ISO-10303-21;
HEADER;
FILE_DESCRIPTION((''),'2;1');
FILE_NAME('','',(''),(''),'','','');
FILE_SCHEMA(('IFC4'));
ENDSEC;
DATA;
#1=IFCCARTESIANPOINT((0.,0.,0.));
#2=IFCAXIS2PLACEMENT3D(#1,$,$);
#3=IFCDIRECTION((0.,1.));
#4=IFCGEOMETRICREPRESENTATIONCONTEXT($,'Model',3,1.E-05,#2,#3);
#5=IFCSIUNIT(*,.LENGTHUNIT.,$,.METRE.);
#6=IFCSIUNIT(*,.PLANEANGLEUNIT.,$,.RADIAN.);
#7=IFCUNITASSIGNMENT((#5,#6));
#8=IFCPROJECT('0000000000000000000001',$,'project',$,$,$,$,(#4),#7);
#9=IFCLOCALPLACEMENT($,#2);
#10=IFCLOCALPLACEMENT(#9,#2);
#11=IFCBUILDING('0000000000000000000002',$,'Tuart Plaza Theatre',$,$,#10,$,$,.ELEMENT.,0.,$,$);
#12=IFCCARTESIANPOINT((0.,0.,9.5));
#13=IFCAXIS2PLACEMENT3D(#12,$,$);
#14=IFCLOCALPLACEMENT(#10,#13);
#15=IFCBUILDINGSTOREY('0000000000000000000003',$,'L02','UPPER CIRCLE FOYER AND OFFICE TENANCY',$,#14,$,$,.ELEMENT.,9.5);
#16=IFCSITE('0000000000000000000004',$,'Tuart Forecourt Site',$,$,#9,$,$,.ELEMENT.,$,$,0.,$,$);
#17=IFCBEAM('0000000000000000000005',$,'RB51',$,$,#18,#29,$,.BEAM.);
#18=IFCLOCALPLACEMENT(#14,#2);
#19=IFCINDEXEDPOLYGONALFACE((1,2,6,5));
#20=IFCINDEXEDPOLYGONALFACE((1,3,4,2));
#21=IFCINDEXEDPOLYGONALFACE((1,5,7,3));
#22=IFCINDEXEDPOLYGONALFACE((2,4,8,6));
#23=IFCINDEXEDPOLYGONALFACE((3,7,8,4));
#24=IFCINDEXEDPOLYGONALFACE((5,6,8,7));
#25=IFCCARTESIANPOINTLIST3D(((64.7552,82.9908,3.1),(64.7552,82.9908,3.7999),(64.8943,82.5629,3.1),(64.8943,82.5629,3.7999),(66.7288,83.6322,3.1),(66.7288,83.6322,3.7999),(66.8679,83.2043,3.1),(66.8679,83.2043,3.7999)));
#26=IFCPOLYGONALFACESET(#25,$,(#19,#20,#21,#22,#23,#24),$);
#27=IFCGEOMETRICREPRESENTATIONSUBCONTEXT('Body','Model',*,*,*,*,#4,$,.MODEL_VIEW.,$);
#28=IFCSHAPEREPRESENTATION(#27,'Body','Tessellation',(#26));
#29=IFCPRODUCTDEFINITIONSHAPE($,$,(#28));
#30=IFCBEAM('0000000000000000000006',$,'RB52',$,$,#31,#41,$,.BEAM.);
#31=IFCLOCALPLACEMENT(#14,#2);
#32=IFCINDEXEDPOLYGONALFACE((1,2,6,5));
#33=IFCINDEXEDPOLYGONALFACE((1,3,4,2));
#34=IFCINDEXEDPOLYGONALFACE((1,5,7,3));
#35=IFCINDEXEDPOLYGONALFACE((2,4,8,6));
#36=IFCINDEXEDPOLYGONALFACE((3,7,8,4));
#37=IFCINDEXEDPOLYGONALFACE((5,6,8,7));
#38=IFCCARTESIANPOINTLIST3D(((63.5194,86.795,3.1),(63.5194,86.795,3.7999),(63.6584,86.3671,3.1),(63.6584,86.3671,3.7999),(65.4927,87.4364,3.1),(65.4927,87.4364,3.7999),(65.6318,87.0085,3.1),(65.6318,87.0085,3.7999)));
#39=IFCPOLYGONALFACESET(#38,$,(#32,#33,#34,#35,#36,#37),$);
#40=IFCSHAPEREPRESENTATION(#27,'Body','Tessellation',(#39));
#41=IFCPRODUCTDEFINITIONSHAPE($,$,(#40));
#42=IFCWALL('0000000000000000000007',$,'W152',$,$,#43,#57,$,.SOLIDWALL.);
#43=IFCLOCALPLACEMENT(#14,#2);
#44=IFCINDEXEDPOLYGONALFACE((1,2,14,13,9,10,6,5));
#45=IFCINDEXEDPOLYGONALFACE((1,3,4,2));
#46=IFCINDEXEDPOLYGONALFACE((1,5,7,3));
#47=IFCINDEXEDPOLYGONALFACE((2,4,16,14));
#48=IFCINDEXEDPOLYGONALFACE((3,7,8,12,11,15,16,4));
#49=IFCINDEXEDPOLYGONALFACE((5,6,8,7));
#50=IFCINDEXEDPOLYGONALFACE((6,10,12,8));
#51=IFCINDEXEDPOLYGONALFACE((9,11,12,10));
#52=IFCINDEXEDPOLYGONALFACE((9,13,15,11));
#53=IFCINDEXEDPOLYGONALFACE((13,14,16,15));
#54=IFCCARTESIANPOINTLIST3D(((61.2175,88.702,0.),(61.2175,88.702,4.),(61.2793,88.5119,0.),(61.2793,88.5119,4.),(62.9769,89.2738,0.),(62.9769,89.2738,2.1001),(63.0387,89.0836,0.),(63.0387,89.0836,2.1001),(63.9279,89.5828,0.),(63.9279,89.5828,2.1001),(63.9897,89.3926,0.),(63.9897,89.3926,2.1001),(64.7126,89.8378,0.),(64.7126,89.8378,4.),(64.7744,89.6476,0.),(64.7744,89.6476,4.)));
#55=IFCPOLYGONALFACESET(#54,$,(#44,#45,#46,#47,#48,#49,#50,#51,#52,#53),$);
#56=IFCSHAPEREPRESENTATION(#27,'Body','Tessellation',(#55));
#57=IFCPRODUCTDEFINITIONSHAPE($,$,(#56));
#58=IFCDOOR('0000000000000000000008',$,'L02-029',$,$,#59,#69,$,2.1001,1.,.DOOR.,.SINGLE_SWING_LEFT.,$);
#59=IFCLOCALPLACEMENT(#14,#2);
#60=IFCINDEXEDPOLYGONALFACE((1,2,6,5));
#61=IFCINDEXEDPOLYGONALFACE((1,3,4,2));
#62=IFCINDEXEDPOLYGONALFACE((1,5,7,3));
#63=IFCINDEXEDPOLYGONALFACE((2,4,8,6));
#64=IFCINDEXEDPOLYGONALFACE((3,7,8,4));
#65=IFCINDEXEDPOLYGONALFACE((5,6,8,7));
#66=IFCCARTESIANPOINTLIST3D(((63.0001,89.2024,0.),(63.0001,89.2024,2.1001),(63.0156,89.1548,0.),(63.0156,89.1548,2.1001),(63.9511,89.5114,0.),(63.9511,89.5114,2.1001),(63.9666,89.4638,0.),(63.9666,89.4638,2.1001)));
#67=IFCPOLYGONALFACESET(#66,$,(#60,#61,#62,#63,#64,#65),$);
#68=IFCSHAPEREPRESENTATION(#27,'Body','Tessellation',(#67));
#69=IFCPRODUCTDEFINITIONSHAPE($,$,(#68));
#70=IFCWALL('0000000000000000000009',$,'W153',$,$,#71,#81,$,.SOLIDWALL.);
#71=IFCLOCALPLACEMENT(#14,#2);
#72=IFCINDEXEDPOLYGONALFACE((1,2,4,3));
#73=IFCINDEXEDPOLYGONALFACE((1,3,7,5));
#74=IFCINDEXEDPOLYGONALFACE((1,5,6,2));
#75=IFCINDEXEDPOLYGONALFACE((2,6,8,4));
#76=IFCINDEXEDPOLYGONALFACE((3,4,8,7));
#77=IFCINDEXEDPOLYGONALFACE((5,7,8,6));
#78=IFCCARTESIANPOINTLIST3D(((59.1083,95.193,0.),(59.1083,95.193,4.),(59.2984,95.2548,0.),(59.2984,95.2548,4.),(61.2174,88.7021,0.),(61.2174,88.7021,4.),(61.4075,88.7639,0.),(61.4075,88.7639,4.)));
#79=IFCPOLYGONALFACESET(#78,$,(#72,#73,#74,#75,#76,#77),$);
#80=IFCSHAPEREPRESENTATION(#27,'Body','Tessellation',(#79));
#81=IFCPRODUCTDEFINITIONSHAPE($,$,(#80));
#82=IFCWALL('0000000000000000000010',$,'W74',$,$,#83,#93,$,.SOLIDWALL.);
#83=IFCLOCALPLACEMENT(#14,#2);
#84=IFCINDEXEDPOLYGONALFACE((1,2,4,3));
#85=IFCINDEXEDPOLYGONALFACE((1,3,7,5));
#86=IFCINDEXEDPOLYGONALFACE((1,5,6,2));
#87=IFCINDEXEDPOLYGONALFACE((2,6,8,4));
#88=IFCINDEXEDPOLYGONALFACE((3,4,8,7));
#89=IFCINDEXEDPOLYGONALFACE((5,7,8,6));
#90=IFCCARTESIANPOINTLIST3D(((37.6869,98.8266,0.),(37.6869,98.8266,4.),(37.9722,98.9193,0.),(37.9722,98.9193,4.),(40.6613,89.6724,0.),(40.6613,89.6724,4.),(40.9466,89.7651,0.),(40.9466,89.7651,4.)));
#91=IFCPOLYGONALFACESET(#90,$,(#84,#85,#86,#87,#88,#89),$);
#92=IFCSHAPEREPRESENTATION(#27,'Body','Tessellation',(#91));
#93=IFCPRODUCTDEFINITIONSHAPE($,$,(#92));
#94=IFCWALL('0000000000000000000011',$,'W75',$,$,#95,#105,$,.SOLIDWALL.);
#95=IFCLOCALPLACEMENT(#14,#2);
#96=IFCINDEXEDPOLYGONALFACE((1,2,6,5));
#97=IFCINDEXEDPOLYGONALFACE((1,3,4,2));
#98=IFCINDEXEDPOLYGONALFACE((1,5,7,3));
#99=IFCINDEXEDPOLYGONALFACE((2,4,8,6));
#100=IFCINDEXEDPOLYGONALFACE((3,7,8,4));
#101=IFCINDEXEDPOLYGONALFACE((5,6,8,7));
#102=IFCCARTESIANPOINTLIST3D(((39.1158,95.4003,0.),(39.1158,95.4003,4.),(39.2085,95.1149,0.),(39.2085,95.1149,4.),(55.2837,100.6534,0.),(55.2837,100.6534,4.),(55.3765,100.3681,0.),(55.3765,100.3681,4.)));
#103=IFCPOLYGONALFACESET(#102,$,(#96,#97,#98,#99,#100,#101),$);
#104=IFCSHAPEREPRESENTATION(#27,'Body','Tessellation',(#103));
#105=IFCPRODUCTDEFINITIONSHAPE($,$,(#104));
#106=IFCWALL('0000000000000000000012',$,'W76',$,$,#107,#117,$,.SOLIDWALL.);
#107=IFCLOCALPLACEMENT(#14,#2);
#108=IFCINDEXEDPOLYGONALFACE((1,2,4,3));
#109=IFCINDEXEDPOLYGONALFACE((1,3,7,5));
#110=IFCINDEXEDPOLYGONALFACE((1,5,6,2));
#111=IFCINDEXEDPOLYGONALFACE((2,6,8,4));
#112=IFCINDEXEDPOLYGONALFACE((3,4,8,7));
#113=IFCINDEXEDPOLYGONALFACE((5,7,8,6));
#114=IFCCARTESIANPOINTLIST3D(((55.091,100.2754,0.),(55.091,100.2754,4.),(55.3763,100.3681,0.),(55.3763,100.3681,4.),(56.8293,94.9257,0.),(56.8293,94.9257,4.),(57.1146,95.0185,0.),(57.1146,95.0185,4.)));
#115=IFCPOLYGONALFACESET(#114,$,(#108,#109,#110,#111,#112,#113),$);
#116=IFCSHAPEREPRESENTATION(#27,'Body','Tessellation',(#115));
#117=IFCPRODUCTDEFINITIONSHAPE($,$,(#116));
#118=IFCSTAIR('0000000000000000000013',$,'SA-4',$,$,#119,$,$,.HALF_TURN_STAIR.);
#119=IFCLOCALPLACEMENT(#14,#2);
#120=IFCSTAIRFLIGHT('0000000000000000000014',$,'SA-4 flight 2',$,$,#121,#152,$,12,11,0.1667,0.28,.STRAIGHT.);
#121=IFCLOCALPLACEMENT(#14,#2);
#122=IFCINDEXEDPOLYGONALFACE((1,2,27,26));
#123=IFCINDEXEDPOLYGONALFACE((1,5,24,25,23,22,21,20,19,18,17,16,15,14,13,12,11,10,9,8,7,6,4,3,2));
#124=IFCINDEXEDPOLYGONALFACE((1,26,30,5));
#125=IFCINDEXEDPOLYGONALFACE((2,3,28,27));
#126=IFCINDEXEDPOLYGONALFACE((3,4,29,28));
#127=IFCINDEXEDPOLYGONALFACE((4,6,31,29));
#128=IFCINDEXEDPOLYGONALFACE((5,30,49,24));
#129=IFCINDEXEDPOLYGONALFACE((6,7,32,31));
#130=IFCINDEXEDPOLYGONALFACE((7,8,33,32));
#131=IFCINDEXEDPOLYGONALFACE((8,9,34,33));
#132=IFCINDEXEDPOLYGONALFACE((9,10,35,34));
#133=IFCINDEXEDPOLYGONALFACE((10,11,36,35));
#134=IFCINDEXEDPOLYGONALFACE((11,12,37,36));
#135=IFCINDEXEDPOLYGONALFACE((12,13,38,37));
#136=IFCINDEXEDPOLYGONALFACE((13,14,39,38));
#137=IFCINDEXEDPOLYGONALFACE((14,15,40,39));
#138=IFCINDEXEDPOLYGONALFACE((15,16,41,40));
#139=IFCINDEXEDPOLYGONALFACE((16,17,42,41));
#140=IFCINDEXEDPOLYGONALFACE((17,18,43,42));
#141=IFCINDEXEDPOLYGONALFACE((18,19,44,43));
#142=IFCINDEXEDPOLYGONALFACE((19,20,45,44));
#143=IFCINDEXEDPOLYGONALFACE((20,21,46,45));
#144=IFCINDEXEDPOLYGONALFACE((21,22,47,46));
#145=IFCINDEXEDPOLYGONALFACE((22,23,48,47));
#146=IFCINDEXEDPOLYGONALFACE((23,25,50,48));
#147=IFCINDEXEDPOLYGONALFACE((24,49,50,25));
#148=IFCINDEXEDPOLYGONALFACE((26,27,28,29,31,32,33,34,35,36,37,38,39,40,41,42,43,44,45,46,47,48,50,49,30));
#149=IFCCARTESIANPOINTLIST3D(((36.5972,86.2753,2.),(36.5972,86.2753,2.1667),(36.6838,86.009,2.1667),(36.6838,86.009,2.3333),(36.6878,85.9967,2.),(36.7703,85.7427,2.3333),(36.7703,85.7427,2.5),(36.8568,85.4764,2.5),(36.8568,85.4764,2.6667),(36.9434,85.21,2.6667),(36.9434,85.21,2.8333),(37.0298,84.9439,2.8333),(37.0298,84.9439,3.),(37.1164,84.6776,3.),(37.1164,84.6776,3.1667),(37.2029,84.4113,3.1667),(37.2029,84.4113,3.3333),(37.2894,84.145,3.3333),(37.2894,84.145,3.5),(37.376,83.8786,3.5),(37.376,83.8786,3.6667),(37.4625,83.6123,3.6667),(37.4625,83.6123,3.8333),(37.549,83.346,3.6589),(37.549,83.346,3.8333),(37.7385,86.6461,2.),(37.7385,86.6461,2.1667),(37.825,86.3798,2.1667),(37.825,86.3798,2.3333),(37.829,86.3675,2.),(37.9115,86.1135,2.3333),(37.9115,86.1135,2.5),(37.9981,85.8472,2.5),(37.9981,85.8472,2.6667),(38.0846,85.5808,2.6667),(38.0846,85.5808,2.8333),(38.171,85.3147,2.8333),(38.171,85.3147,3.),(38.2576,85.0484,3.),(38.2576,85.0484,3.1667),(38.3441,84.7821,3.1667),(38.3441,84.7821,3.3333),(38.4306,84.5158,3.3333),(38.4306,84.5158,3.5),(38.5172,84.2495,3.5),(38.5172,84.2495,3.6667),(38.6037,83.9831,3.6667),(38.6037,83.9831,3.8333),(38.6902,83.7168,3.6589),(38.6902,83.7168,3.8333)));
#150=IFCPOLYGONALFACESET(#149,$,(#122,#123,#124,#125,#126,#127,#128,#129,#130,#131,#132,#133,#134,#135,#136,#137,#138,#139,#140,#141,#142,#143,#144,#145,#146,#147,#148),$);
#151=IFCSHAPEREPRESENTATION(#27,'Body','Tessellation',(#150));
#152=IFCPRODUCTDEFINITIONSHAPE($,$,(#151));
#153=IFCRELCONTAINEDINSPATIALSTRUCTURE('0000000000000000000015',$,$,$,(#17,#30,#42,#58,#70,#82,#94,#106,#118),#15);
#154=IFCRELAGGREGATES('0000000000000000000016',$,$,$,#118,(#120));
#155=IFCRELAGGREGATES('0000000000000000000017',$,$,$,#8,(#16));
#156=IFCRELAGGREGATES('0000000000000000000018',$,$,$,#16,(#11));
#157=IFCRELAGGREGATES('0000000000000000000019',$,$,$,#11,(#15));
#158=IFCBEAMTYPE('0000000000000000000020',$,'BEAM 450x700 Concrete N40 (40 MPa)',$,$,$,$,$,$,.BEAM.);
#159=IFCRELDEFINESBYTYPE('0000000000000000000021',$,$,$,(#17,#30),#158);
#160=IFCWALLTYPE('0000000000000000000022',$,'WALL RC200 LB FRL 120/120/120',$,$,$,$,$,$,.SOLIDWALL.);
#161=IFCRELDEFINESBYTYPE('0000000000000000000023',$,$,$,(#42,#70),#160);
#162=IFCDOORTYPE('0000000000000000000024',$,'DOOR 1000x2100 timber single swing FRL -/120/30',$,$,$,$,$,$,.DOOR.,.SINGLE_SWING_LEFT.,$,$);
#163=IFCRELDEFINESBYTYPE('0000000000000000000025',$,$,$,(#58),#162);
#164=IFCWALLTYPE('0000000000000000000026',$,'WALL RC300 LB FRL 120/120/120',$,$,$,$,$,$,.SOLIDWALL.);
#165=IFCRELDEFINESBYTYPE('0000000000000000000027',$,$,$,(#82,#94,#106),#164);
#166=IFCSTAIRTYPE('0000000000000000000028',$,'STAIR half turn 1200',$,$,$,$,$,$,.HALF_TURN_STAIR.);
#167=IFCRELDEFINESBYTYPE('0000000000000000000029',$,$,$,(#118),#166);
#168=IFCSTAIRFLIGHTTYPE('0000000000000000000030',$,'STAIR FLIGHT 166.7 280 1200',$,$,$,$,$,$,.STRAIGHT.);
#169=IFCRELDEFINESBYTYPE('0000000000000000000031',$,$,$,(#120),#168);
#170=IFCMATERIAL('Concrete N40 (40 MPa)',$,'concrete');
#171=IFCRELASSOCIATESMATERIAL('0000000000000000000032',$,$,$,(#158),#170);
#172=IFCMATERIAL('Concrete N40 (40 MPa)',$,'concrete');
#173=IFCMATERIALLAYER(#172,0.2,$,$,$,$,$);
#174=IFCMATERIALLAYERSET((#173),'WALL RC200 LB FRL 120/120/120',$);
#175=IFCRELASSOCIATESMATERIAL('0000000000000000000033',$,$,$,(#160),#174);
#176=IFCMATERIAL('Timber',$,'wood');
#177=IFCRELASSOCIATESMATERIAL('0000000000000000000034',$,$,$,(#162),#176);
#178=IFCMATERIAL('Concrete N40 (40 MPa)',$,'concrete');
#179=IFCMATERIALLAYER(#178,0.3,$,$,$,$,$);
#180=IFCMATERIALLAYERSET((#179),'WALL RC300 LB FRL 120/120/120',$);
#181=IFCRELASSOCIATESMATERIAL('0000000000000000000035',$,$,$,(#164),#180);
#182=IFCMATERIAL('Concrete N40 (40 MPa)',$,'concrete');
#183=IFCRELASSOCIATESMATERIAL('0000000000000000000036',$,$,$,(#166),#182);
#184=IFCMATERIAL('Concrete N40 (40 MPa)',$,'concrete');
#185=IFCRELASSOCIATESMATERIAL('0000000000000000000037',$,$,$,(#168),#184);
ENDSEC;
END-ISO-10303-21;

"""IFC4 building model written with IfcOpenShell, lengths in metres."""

from ifc_helpers import new_model, si_unit, direction, frame, frame_2d, origin, origin_2d, place, context, subcontext, project, spatial, polyline, rectangle, outline, extrude, material, layer, layer_set, material_profile, profile_set, type_object, element, fill, aggregate, save


model = new_model("IFC4")

# Units and contexts
model_context = context("Model", 3, precision=1e-05, world=origin(), true_north=direction((0.0, 1.0)))
body_context = subcontext(model_context, "Body", "Model", "MODEL_VIEW")
ifc_project = project(units=[si_unit("LENGTHUNIT", "METRE"), si_unit("PLANEANGLEUNIT", "RADIAN")], contexts=[model_context])

# Site, building, storey
site_placement = place(None, origin())
site = spatial("IfcSite", under=ifc_project, at=site_placement, Name="Tuart Forecourt Site", CompositionType="ELEMENT", RefElevation=0.0)
building_placement = place(site_placement, origin())
building = spatial("IfcBuilding", under=site, at=building_placement, Name="Tuart Plaza Theatre", CompositionType="ELEMENT", ElevationOfRefHeight=0.0)
storey_placement = place(building_placement, frame((0.0, 0.0, 9.5)))
storey = spatial("IfcBuildingStorey", under=building, at=storey_placement, Name="L02", Description="UPPER CIRCLE FOYER AND OFFICE TENANCY", CompositionType="ELEMENT", Elevation=9.5)

# Beams
ifc_material_1 = material(Name="Concrete N40 (40 MPa)", Category="concrete")
ifc_material_profile_1 = material_profile(ifc_material_1, rectangle(XDim=0.45, YDim=0.7, at=origin_2d()), Name="BEAM 450x700 Concrete N40 (40 MPa)")
ifc_profile_set_1 = profile_set([ifc_material_profile_1], Name="Concrete N40 (40 MPa)")
beam_type_1 = type_object("IfcBeamType", Name="BEAM 450x700 Concrete N40 (40 MPa)", PredefinedType="BEAM", material=ifc_profile_set_1)
beam_1_placement = place(storey_placement, frame((66.7983, 83.4182, 3.45), z_axis=(-0.951044, -0.309054, 0.0), x_axis=(0.309054, -0.951044, 0.0)))
element("IfcBeam", 1, at=beam_1_placement, inside=storey, type_object=beam_type_1, Name="RB51", PredefinedType="BEAM", context=body_context, shape_type="SweptSolid", body=[
    extrude(rectangle(XDim=0.45, YDim=0.7, at=origin_2d()), origin(), (0.0, 0.0, 1.0), 2.0752),
])
beam_2_placement = place(storey_placement, frame((65.5623, 87.2224, 3.45), z_axis=(-0.951033, -0.309089, 0.0), x_axis=(0.309089, -0.951033, 0.0)))
element("IfcBeam", 2, at=beam_2_placement, inside=storey, type_object=beam_type_1, Name="RB52", PredefinedType="BEAM", context=body_context, shape_type="SweptSolid", body=[
    extrude(rectangle(XDim=0.45, YDim=0.7, at=origin_2d()), origin(), (0.0, 0.0, 1.0), 2.075),
])

# Wall, opening, door
ifc_material_2 = material(Name="Concrete N40 (40 MPa)", Category="concrete")
ifc_layer_1 = layer(ifc_material_2, 0.2)
ifc_layer_set_1 = layer_set([ifc_layer_1], Name="WALL RC200 LB FRL 120/120/120")
wall_type_1 = type_object("IfcWallType", Name="WALL RC200 LB FRL 120/120/120", PredefinedType="SOLIDWALL", material=ifc_layer_set_1)
wall_1_placement = place(storey_placement, frame((64.7434, 89.7427, 0.0), z_axis=(0.0, 0.0, 1.0), x_axis=(-0.951048, -0.309044, 0.0)))
wall_1 = element("IfcWall", 3, at=wall_1_placement, inside=storey, type_object=wall_type_1, Name="W152", PredefinedType="SOLIDWALL", context=body_context, shape_type="SweptSolid", body=[
    extrude(rectangle(XDim=3.675, YDim=0.2, at=frame_2d((1.8374, 0.0))), origin(), (0.0, 0.0, 1.0), 4.0),
])
opening_placement = place(wall_1_placement, frame((0.825, 0.0, 0.0)))
opening = element("IfcOpeningElement", 4, at=opening_placement, cuts=wall_1, PredefinedType="OPENING", context=body_context, shape_type="SweptSolid", body=[
    extrude(rectangle(XDim=1.0, YDim=2.1001, at=frame_2d((0.5, 1.05))), frame((0.0, 0.1099, 0.0), z_axis=(0.0, -1.0, 0.0), x_axis=(1.0, 0.0, 0.0)), (0.0, 0.0, 1.0), 0.22),
])
ifc_material_3 = material(Name="Timber", Category="wood")
door_type = type_object("IfcDoorType", Name="DOOR 1000x2100 timber single swing FRL -/120/30", OperationType="SINGLE_SWING_LEFT", PredefinedType="DOOR", material=ifc_material_3)
door_placement = place(opening_placement, frame((1.0, 0.0, 0.0), z_axis=(0.0, 0.0, 1.0), x_axis=(-1.0, 0.0, 0.0)))
door = element("IfcDoor", 5, at=door_placement, inside=storey, type_object=door_type, Name="L02-029", OperationType="SINGLE_SWING_LEFT", OverallHeight=2.1001, OverallWidth=1.0, PredefinedType="DOOR", context=body_context, shape_type="SweptSolid", body=[
    extrude(rectangle(XDim=1.0, YDim=2.1001, at=frame_2d((0.5, 1.05))), frame((0.0, 0.0249, 0.0), z_axis=(0.0, -1.0, 0.0), x_axis=(1.0, 0.0, 0.0)), (0.0, 0.0, 1.0), 0.05),
])
fill(opening, door)

# Walls
wall_2_placement = place(storey_placement, frame((61.3125, 88.7329, 0.0), z_axis=(0.0, 0.0, 1.0), x_axis=(-0.309029, 0.951053, 0.0)))
element("IfcWall", 6, at=wall_2_placement, inside=storey, type_object=wall_type_1, Name="W153", PredefinedType="SOLIDWALL", context=body_context, shape_type="SweptSolid", body=[
    extrude(rectangle(XDim=6.825, YDim=0.2, at=frame_2d((3.4126, 0.0))), origin(), (0.0, 0.0, 1.0), 4.0),
])
ifc_material_4 = material(Name="Concrete N40 (40 MPa)", Category="concrete")
ifc_layer_2 = layer(ifc_material_4, 0.3)
ifc_layer_set_2 = layer_set([ifc_layer_2], Name="WALL RC300 LB FRL 120/120/120")
wall_type_2 = type_object("IfcWallType", Name="WALL RC300 LB FRL 120/120/120", PredefinedType="SOLIDWALL", material=ifc_layer_set_2)
wall_3_placement = place(storey_placement, frame((37.8296, 98.8728, 0.0), z_axis=(0.0, 0.0, 1.0), x_axis=(0.30902, -0.951056, 0.0)))
element("IfcWall", 7, at=wall_3_placement, inside=storey, type_object=wall_type_2, Name="W74", PredefinedType="SOLIDWALL", context=body_context, shape_type="SweptSolid", body=[
    extrude(rectangle(XDim=9.6252, YDim=0.3, at=frame_2d((4.8125, 0.0))), origin(), (0.0, 0.0, 1.0), 4.0),
])
wall_4_placement = place(storey_placement, frame((39.1621, 95.2576, 0.0), z_axis=(0.0, 0.0, 1.0), x_axis=(0.951059, 0.309011, 0.0)))
element("IfcWall", 8, at=wall_4_placement, inside=storey, type_object=wall_type_2, Name="W75", PredefinedType="SOLIDWALL", context=body_context, shape_type="SweptSolid", body=[
    extrude(rectangle(XDim=17.0, YDim=0.3, at=frame_2d((8.5, 0.0))), origin(), (0.0, 0.0, 1.0), 4.0),
])
wall_5_placement = place(storey_placement, frame((55.2336, 100.3218, 0.0), z_axis=(0.0, 0.0, 1.0), x_axis=(0.309031, -0.951052, 0.0)))
element("IfcWall", 9, at=wall_5_placement, inside=storey, type_object=wall_type_2, Name="W76", PredefinedType="SOLIDWALL", context=body_context, shape_type="SweptSolid", body=[
    extrude(rectangle(XDim=5.625, YDim=0.3, at=frame_2d((2.8125, 0.0))), origin(), (0.0, 0.0, 1.0), 4.0),
])

# Stair, stair flight
ifc_material_5 = material(Name="Concrete N40 (40 MPa)", Category="concrete")
stair_type = type_object("IfcStairType", Name="STAIR half turn 1200", PredefinedType="HALF_TURN_STAIR", material=ifc_material_5)
stair_1_placement = place(storey_placement, origin())
stair_1 = element("IfcStair", 10, at=stair_1_placement, inside=storey, type_object=stair_type, Name="SA-4", PredefinedType="HALF_TURN_STAIR")
ifc_material_6 = material(Name="Concrete N40 (40 MPa)", Category="concrete")
stair_flight_type = type_object("IfcStairFlightType", Name="STAIR FLIGHT 166.7 280 1200", PredefinedType="STRAIGHT", material=ifc_material_6)
stair_flight_1_placement = place(storey_placement, frame((37.1677, 86.4607, 2.0), z_axis=(0.0, 0.0, 1.0), x_axis=(0.309017, -0.951057, 0.0)))
stair_flight_1 = element("IfcStairFlight", 11, at=stair_flight_1_placement, type_object=stair_flight_type, Name="SA-4 flight 2", NumberOfRisers=12, NumberOfTreads=11, PredefinedType="STRAIGHT", RiserHeight=0.1667, TreadLength=0.28, context=body_context, shape_type="SweptSolid", body=[
    extrude(outline(polyline([(0.0, 0.0), (0.0, 0.1667), (0.28, 0.1667), (0.28, 0.3333), (0.5601, 0.3333), (0.5601, 0.5), (0.8401, 0.5), (0.8401, 0.6667), (1.1201, 0.6667), (1.1201, 0.8333), (1.3999, 0.8333), (1.3999, 1.0), (1.6799, 1.0), (1.6799, 1.1667), (1.96, 1.1667), (1.96, 1.3333), (2.24, 1.3333), (2.24, 1.5), (2.52, 1.5), (2.52, 1.6667), (2.8, 1.6667), (2.8, 1.8333), (3.0801, 1.8333), (3.0801, 2.0), (3.0801, 1.6589), (0.293, 0.0), (0.0, 0.0)])), frame((0.0, 0.6001, 0.0), z_axis=(0.0, -1.0, 0.0), x_axis=(1.0, 0.0, 0.0)), (0.0, 0.0, 1.0), 1.2),
])
aggregate(stair_1, [stair_flight_1])

save(model, "model.ifc")
